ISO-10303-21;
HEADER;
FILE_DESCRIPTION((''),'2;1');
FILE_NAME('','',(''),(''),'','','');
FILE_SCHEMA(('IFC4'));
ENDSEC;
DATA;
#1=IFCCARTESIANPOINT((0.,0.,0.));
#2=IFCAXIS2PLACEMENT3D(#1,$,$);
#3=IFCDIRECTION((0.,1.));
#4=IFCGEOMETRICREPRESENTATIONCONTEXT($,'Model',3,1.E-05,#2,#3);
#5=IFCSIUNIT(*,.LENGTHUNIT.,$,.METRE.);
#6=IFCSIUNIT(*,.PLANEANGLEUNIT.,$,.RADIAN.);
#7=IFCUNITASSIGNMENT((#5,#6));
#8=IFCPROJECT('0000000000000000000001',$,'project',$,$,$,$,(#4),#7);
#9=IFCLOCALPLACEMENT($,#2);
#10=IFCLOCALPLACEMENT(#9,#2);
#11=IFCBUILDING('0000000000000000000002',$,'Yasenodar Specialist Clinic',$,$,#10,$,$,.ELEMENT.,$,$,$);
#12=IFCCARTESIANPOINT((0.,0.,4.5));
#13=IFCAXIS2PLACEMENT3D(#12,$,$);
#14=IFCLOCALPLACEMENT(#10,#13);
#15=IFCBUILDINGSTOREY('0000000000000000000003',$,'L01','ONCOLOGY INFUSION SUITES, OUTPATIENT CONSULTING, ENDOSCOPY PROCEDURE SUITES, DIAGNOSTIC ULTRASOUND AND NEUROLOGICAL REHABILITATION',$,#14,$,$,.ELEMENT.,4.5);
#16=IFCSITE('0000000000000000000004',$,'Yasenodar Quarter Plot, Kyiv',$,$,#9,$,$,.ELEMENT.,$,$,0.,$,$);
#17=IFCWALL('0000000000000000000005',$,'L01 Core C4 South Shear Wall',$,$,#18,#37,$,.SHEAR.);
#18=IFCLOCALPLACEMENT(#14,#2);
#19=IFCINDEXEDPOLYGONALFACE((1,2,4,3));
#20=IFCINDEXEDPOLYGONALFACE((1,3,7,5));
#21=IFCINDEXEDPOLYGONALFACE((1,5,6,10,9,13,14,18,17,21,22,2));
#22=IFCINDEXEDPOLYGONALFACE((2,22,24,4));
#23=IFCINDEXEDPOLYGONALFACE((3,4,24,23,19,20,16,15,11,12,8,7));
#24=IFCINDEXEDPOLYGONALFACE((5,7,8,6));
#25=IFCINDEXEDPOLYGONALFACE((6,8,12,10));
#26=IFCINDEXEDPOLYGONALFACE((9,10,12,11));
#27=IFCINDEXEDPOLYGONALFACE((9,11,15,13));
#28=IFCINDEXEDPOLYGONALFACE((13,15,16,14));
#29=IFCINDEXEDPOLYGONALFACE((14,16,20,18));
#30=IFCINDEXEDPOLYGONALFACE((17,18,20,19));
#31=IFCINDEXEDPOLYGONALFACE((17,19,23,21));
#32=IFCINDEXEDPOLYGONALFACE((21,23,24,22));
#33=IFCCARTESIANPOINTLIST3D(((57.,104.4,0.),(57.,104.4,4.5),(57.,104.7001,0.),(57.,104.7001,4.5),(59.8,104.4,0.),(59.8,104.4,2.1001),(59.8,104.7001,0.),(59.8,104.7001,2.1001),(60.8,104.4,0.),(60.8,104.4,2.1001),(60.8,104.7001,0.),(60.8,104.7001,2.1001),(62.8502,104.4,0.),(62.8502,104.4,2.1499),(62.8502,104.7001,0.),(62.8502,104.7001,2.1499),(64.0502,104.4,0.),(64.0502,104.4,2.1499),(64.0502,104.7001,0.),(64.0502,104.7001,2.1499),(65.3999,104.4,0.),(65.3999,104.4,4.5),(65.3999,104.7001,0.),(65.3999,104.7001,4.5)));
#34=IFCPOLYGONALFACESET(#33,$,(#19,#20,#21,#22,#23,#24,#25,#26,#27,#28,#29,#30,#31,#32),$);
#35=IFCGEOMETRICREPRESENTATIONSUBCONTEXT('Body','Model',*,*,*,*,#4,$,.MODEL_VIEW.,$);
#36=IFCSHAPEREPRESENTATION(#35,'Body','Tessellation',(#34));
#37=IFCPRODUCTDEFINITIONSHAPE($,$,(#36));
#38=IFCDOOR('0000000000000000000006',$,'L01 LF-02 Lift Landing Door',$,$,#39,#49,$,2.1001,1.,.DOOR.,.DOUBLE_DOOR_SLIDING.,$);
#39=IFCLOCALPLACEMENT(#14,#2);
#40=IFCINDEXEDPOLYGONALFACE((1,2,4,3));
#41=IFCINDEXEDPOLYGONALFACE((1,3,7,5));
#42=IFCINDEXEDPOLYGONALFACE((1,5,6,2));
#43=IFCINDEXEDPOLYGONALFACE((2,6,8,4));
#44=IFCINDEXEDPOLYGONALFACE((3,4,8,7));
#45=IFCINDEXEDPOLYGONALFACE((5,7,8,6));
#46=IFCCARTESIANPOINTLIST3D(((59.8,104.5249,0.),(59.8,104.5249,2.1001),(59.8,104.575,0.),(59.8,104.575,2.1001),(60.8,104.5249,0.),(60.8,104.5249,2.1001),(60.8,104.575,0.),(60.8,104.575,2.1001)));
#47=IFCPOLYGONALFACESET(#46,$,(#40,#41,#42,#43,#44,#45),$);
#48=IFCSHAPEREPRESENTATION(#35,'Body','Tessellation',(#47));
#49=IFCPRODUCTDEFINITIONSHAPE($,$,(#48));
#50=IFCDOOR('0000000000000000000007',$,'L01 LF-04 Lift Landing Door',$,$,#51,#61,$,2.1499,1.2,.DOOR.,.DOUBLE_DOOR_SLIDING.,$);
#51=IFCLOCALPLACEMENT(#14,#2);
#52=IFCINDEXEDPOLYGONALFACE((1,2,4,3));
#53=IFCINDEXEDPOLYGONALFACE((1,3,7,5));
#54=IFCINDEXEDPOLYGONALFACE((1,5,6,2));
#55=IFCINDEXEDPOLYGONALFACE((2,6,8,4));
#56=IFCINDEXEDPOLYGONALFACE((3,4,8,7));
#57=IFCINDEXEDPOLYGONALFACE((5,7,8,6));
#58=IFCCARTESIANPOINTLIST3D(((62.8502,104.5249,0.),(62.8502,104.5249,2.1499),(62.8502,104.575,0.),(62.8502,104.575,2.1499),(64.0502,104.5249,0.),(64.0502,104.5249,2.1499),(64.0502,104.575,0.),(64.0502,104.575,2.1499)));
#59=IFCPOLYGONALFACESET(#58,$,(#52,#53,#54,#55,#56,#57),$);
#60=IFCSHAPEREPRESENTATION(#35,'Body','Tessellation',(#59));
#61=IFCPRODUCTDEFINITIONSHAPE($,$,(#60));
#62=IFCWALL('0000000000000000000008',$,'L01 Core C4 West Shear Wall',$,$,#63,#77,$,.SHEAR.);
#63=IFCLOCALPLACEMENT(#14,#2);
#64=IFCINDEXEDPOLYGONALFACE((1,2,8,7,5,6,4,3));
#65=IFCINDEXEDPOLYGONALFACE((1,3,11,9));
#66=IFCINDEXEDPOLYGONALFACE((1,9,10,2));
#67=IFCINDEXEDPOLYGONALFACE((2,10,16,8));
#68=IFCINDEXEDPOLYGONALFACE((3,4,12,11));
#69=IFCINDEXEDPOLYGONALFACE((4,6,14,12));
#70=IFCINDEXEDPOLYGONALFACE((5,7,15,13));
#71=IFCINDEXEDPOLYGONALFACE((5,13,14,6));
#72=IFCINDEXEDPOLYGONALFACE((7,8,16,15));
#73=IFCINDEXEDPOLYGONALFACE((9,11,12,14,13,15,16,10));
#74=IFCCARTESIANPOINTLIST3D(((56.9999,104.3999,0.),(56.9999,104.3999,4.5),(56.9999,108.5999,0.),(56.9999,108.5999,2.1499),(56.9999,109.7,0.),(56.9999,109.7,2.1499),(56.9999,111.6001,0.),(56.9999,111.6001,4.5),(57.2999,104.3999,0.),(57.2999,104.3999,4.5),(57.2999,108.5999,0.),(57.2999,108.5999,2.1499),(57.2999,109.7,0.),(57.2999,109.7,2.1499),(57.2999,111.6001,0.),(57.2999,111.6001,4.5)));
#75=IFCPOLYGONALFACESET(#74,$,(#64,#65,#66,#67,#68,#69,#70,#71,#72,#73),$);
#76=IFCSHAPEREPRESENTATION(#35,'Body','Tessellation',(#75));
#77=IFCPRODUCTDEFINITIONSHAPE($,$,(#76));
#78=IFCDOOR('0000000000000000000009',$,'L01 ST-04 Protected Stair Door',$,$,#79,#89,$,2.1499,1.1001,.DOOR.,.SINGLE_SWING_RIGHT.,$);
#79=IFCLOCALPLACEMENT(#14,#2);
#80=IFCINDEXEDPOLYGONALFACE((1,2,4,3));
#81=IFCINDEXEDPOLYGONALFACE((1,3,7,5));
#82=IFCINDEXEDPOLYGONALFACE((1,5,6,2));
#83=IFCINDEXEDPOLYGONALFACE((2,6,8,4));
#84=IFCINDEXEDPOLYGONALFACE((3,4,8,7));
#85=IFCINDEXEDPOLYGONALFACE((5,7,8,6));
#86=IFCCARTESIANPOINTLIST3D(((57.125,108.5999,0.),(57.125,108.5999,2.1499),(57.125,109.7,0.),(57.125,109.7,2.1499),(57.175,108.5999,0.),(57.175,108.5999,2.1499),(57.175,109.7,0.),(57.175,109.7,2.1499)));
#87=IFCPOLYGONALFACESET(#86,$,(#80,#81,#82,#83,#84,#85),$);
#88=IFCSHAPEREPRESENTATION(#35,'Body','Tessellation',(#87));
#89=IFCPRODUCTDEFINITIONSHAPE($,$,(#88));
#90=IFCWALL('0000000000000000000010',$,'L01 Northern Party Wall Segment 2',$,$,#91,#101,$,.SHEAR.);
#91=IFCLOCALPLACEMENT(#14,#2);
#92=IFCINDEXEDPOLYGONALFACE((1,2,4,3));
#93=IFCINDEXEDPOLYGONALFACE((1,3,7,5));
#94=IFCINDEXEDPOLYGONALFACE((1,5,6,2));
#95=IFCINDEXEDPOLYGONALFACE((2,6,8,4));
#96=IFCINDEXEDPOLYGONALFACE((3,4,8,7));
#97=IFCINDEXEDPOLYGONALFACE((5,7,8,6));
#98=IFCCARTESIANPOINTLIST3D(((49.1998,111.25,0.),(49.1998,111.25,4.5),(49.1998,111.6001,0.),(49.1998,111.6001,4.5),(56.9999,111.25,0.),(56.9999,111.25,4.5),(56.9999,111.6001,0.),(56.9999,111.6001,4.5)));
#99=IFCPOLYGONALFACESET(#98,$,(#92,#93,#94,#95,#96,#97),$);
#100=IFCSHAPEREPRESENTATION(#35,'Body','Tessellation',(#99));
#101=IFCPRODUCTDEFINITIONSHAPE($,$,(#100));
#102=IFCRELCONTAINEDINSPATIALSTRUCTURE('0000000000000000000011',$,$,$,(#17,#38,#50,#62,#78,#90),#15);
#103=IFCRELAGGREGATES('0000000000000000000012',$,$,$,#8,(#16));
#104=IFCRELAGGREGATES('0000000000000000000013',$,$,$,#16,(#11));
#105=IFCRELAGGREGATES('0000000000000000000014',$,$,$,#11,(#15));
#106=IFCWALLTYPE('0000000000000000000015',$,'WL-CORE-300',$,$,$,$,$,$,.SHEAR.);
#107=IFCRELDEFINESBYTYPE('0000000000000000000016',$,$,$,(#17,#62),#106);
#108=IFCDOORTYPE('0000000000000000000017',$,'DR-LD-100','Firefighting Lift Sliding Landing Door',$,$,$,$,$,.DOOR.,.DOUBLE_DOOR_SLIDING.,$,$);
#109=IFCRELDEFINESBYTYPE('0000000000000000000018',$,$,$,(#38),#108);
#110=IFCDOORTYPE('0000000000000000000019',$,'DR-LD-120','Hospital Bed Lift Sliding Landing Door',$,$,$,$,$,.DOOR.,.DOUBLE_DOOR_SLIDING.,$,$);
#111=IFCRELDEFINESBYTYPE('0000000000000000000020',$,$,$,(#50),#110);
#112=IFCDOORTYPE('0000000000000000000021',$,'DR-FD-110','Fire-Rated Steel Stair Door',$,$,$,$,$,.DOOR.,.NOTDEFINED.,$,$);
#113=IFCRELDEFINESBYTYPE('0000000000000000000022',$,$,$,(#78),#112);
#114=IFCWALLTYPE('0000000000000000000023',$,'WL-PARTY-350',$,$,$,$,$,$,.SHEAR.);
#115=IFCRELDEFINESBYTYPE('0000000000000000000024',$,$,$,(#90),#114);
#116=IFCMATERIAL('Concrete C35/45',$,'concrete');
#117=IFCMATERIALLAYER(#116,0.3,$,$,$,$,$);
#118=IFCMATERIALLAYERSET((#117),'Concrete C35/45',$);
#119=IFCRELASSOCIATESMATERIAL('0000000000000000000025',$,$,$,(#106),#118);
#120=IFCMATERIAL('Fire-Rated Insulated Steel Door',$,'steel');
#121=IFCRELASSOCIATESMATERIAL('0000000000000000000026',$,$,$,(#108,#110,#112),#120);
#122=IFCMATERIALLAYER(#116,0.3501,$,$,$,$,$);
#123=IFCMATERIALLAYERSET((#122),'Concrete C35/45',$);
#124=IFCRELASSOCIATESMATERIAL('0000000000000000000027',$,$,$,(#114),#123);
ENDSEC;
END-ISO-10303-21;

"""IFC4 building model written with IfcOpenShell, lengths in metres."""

from ifc_helpers import new_model, si_unit, direction, frame, frame_2d, origin, place, context, subcontext, project, spatial, rectangle, extrude, material, layer, layer_set, type_object, element, fill, save


model = new_model("IFC4")

# Units and contexts
model_context = context("Model", 3, precision=1e-05, world=origin(), true_north=direction((0.0, 1.0)))
body_context = subcontext(model_context, "Body", "Model", "MODEL_VIEW")
ifc_project = project(units=[si_unit("LENGTHUNIT", "METRE"), si_unit("PLANEANGLEUNIT", "RADIAN")], contexts=[model_context])

# Site, building, storey
site_placement = place(None, origin())
site = spatial("IfcSite", under=ifc_project, at=site_placement, Name="Yasenodar Quarter Plot, Kyiv", CompositionType="ELEMENT", RefElevation=0.0)
building_placement = place(site_placement, origin())
building = spatial("IfcBuilding", under=site, at=building_placement, Name="Yasenodar Specialist Clinic", CompositionType="ELEMENT")
storey_placement = place(building_placement, frame((0.0, 0.0, 4.5)))
storey = spatial("IfcBuildingStorey", under=building, at=storey_placement, Name="L01", Description="ONCOLOGY INFUSION SUITES, OUTPATIENT CONSULTING, ENDOSCOPY PROCEDURE SUITES, DIAGNOSTIC ULTRASOUND AND NEUROLOGICAL REHABILITATION", CompositionType="ELEMENT", Elevation=4.5)

# Shared definitions
ifc_material_1 = material(Name="Fire-Rated Insulated Steel Door", Category="steel")

# Shared definitions
ifc_material_2 = material(Name="Concrete C35/45", Category="concrete")
ifc_layer_1 = layer(ifc_material_2, 0.3)
ifc_layer_set_1 = layer_set([ifc_layer_1], Name="Concrete C35/45")
wall_type_1 = type_object("IfcWallType", Name="WL-CORE-300", PredefinedType="SHEAR", material=ifc_layer_set_1)

# Wall, openings, doors
wall_1_placement = place(storey_placement, frame((57.0, 104.55, 0.0), z_axis=(0.0, 0.0, 1.0), x_axis=(1.0, 0.0, 0.0)))
wall_1 = element("IfcWall", 1, at=wall_1_placement, inside=storey, type_object=wall_type_1, Name="L01 Core C4 South Shear Wall", PredefinedType="SHEAR", context=body_context, shape_type="SweptSolid", body=[
    extrude(rectangle(XDim=8.3999, YDim=0.3, at=frame_2d((4.2, 0.0))), origin(), (0.0, 0.0, 1.0), 4.5),
])
opening_1_placement = place(wall_1_placement, frame((2.8, 0.0, 0.0)))
opening_1 = element("IfcOpeningElement", 2, at=opening_1_placement, cuts=wall_1, PredefinedType="OPENING", context=body_context, shape_type="SweptSolid", body=[
    extrude(rectangle(XDim=1.0, YDim=2.1001, at=frame_2d((0.5, 1.05))), frame((0.0, 0.1602, 0.0), z_axis=(0.0, -1.0, 0.0), x_axis=(1.0, 0.0, 0.0)), (0.0, 0.0, 1.0), 0.3201),
])
opening_2_placement = place(wall_1_placement, frame((5.8501, 0.0, 0.0)))
opening_2 = element("IfcOpeningElement", 3, at=opening_2_placement, cuts=wall_1, PredefinedType="OPENING", context=body_context, shape_type="SweptSolid", body=[
    extrude(rectangle(XDim=1.2, YDim=2.1499, at=frame_2d((0.6001, 1.075))), frame((0.0, 0.1602, 0.0), z_axis=(0.0, -1.0, 0.0), x_axis=(1.0, 0.0, 0.0)), (0.0, 0.0, 1.0), 0.3201),
])
door_type_1 = type_object("IfcDoorType", Name="DR-LD-100", Description="Firefighting Lift Sliding Landing Door", OperationType="DOUBLE_DOOR_SLIDING", PredefinedType="DOOR", material=ifc_material_1)
door_1_placement = place(opening_1_placement, origin())
door_1 = element("IfcDoor", 4, at=door_1_placement, inside=storey, type_object=door_type_1, Name="L01 LF-02 Lift Landing Door", OperationType="DOUBLE_DOOR_SLIDING", OverallHeight=2.1001, OverallWidth=1.0, PredefinedType="DOOR", context=body_context, shape_type="SweptSolid", body=[
    extrude(rectangle(XDim=1.0, YDim=2.1001, at=frame_2d((0.5, 1.05))), frame((0.0, 0.0249, 0.0), z_axis=(0.0, -1.0, 0.0), x_axis=(1.0, 0.0, 0.0)), (0.0, 0.0, 1.0), 0.05),
])
fill(opening_1, door_1)
door_type_2 = type_object("IfcDoorType", Name="DR-LD-120", Description="Hospital Bed Lift Sliding Landing Door", OperationType="DOUBLE_DOOR_SLIDING", PredefinedType="DOOR", material=ifc_material_1)
door_2_placement = place(opening_2_placement, origin())
door_2 = element("IfcDoor", 5, at=door_2_placement, inside=storey, type_object=door_type_2, Name="L01 LF-04 Lift Landing Door", OperationType="DOUBLE_DOOR_SLIDING", OverallHeight=2.1499, OverallWidth=1.2, PredefinedType="DOOR", context=body_context, shape_type="SweptSolid", body=[
    extrude(rectangle(XDim=1.2, YDim=2.1499, at=frame_2d((0.6001, 1.075))), frame((0.0, 0.0249, 0.0), z_axis=(0.0, -1.0, 0.0), x_axis=(1.0, 0.0, 0.0)), (0.0, 0.0, 1.0), 0.05),
])
fill(opening_2, door_2)

# Wall, opening, door
wall_2_placement = place(storey_placement, frame((57.1499, 104.3999, 0.0), z_axis=(0.0, 0.0, 1.0), x_axis=(0.0, 1.0, 0.0)))
wall_2 = element("IfcWall", 6, at=wall_2_placement, inside=storey, type_object=wall_type_1, Name="L01 Core C4 West Shear Wall", PredefinedType="SHEAR", context=body_context, shape_type="SweptSolid", body=[
    extrude(rectangle(XDim=7.2002, YDim=0.3, at=frame_2d((3.6001, 0.0))), origin(), (0.0, 0.0, 1.0), 4.5),
])
opening_3_placement = place(wall_2_placement, frame((4.2, 0.0, 0.0)))
opening_3 = element("IfcOpeningElement", 7, at=opening_3_placement, cuts=wall_2, PredefinedType="OPENING", context=body_context, shape_type="SweptSolid", body=[
    extrude(rectangle(XDim=1.1001, YDim=2.1499, at=frame_2d((0.55, 1.075))), frame((0.0, 0.1602, 0.0), z_axis=(0.0, -1.0, 0.0), x_axis=(1.0, 0.0, 0.0)), (0.0, 0.0, 1.0), 0.3201),
])
door_type_3 = type_object("IfcDoorType", Name="DR-FD-110", Description="Fire-Rated Steel Stair Door", OperationType="NOTDEFINED", PredefinedType="DOOR", material=ifc_material_1)
door_3_placement = place(opening_3_placement, origin())
door_3 = element("IfcDoor", 8, at=door_3_placement, inside=storey, type_object=door_type_3, Name="L01 ST-04 Protected Stair Door", OperationType="SINGLE_SWING_RIGHT", OverallHeight=2.1499, OverallWidth=1.1001, PredefinedType="DOOR", context=body_context, shape_type="SweptSolid", body=[
    extrude(rectangle(XDim=1.1001, YDim=2.1499, at=frame_2d((0.55, 1.075))), frame((0.0, 0.0249, 0.0), z_axis=(0.0, -1.0, 0.0), x_axis=(1.0, 0.0, 0.0)), (0.0, 0.0, 1.0), 0.05),
])
fill(opening_3, door_3)

# Wall
ifc_layer_2 = layer(ifc_material_2, 0.3501)
ifc_layer_set_2 = layer_set([ifc_layer_2], Name="Concrete C35/45")
wall_type_2 = type_object("IfcWallType", Name="WL-PARTY-350", PredefinedType="SHEAR", material=ifc_layer_set_2)
wall_3_placement = place(storey_placement, frame((49.2, 111.425, 0.0), z_axis=(0.0, 0.0, 1.0), x_axis=(1.0, 0.0, 0.0)))
element("IfcWall", 9, at=wall_3_placement, inside=storey, type_object=wall_type_2, Name="L01 Northern Party Wall Segment 2", PredefinedType="SHEAR", context=body_context, shape_type="SweptSolid", body=[
    extrude(rectangle(XDim=7.8, YDim=0.3501, at=frame_2d((3.8999, 0.0))), origin(), (0.0, 0.0, 1.0), 4.5),
])

save(model, "model.ifc")
